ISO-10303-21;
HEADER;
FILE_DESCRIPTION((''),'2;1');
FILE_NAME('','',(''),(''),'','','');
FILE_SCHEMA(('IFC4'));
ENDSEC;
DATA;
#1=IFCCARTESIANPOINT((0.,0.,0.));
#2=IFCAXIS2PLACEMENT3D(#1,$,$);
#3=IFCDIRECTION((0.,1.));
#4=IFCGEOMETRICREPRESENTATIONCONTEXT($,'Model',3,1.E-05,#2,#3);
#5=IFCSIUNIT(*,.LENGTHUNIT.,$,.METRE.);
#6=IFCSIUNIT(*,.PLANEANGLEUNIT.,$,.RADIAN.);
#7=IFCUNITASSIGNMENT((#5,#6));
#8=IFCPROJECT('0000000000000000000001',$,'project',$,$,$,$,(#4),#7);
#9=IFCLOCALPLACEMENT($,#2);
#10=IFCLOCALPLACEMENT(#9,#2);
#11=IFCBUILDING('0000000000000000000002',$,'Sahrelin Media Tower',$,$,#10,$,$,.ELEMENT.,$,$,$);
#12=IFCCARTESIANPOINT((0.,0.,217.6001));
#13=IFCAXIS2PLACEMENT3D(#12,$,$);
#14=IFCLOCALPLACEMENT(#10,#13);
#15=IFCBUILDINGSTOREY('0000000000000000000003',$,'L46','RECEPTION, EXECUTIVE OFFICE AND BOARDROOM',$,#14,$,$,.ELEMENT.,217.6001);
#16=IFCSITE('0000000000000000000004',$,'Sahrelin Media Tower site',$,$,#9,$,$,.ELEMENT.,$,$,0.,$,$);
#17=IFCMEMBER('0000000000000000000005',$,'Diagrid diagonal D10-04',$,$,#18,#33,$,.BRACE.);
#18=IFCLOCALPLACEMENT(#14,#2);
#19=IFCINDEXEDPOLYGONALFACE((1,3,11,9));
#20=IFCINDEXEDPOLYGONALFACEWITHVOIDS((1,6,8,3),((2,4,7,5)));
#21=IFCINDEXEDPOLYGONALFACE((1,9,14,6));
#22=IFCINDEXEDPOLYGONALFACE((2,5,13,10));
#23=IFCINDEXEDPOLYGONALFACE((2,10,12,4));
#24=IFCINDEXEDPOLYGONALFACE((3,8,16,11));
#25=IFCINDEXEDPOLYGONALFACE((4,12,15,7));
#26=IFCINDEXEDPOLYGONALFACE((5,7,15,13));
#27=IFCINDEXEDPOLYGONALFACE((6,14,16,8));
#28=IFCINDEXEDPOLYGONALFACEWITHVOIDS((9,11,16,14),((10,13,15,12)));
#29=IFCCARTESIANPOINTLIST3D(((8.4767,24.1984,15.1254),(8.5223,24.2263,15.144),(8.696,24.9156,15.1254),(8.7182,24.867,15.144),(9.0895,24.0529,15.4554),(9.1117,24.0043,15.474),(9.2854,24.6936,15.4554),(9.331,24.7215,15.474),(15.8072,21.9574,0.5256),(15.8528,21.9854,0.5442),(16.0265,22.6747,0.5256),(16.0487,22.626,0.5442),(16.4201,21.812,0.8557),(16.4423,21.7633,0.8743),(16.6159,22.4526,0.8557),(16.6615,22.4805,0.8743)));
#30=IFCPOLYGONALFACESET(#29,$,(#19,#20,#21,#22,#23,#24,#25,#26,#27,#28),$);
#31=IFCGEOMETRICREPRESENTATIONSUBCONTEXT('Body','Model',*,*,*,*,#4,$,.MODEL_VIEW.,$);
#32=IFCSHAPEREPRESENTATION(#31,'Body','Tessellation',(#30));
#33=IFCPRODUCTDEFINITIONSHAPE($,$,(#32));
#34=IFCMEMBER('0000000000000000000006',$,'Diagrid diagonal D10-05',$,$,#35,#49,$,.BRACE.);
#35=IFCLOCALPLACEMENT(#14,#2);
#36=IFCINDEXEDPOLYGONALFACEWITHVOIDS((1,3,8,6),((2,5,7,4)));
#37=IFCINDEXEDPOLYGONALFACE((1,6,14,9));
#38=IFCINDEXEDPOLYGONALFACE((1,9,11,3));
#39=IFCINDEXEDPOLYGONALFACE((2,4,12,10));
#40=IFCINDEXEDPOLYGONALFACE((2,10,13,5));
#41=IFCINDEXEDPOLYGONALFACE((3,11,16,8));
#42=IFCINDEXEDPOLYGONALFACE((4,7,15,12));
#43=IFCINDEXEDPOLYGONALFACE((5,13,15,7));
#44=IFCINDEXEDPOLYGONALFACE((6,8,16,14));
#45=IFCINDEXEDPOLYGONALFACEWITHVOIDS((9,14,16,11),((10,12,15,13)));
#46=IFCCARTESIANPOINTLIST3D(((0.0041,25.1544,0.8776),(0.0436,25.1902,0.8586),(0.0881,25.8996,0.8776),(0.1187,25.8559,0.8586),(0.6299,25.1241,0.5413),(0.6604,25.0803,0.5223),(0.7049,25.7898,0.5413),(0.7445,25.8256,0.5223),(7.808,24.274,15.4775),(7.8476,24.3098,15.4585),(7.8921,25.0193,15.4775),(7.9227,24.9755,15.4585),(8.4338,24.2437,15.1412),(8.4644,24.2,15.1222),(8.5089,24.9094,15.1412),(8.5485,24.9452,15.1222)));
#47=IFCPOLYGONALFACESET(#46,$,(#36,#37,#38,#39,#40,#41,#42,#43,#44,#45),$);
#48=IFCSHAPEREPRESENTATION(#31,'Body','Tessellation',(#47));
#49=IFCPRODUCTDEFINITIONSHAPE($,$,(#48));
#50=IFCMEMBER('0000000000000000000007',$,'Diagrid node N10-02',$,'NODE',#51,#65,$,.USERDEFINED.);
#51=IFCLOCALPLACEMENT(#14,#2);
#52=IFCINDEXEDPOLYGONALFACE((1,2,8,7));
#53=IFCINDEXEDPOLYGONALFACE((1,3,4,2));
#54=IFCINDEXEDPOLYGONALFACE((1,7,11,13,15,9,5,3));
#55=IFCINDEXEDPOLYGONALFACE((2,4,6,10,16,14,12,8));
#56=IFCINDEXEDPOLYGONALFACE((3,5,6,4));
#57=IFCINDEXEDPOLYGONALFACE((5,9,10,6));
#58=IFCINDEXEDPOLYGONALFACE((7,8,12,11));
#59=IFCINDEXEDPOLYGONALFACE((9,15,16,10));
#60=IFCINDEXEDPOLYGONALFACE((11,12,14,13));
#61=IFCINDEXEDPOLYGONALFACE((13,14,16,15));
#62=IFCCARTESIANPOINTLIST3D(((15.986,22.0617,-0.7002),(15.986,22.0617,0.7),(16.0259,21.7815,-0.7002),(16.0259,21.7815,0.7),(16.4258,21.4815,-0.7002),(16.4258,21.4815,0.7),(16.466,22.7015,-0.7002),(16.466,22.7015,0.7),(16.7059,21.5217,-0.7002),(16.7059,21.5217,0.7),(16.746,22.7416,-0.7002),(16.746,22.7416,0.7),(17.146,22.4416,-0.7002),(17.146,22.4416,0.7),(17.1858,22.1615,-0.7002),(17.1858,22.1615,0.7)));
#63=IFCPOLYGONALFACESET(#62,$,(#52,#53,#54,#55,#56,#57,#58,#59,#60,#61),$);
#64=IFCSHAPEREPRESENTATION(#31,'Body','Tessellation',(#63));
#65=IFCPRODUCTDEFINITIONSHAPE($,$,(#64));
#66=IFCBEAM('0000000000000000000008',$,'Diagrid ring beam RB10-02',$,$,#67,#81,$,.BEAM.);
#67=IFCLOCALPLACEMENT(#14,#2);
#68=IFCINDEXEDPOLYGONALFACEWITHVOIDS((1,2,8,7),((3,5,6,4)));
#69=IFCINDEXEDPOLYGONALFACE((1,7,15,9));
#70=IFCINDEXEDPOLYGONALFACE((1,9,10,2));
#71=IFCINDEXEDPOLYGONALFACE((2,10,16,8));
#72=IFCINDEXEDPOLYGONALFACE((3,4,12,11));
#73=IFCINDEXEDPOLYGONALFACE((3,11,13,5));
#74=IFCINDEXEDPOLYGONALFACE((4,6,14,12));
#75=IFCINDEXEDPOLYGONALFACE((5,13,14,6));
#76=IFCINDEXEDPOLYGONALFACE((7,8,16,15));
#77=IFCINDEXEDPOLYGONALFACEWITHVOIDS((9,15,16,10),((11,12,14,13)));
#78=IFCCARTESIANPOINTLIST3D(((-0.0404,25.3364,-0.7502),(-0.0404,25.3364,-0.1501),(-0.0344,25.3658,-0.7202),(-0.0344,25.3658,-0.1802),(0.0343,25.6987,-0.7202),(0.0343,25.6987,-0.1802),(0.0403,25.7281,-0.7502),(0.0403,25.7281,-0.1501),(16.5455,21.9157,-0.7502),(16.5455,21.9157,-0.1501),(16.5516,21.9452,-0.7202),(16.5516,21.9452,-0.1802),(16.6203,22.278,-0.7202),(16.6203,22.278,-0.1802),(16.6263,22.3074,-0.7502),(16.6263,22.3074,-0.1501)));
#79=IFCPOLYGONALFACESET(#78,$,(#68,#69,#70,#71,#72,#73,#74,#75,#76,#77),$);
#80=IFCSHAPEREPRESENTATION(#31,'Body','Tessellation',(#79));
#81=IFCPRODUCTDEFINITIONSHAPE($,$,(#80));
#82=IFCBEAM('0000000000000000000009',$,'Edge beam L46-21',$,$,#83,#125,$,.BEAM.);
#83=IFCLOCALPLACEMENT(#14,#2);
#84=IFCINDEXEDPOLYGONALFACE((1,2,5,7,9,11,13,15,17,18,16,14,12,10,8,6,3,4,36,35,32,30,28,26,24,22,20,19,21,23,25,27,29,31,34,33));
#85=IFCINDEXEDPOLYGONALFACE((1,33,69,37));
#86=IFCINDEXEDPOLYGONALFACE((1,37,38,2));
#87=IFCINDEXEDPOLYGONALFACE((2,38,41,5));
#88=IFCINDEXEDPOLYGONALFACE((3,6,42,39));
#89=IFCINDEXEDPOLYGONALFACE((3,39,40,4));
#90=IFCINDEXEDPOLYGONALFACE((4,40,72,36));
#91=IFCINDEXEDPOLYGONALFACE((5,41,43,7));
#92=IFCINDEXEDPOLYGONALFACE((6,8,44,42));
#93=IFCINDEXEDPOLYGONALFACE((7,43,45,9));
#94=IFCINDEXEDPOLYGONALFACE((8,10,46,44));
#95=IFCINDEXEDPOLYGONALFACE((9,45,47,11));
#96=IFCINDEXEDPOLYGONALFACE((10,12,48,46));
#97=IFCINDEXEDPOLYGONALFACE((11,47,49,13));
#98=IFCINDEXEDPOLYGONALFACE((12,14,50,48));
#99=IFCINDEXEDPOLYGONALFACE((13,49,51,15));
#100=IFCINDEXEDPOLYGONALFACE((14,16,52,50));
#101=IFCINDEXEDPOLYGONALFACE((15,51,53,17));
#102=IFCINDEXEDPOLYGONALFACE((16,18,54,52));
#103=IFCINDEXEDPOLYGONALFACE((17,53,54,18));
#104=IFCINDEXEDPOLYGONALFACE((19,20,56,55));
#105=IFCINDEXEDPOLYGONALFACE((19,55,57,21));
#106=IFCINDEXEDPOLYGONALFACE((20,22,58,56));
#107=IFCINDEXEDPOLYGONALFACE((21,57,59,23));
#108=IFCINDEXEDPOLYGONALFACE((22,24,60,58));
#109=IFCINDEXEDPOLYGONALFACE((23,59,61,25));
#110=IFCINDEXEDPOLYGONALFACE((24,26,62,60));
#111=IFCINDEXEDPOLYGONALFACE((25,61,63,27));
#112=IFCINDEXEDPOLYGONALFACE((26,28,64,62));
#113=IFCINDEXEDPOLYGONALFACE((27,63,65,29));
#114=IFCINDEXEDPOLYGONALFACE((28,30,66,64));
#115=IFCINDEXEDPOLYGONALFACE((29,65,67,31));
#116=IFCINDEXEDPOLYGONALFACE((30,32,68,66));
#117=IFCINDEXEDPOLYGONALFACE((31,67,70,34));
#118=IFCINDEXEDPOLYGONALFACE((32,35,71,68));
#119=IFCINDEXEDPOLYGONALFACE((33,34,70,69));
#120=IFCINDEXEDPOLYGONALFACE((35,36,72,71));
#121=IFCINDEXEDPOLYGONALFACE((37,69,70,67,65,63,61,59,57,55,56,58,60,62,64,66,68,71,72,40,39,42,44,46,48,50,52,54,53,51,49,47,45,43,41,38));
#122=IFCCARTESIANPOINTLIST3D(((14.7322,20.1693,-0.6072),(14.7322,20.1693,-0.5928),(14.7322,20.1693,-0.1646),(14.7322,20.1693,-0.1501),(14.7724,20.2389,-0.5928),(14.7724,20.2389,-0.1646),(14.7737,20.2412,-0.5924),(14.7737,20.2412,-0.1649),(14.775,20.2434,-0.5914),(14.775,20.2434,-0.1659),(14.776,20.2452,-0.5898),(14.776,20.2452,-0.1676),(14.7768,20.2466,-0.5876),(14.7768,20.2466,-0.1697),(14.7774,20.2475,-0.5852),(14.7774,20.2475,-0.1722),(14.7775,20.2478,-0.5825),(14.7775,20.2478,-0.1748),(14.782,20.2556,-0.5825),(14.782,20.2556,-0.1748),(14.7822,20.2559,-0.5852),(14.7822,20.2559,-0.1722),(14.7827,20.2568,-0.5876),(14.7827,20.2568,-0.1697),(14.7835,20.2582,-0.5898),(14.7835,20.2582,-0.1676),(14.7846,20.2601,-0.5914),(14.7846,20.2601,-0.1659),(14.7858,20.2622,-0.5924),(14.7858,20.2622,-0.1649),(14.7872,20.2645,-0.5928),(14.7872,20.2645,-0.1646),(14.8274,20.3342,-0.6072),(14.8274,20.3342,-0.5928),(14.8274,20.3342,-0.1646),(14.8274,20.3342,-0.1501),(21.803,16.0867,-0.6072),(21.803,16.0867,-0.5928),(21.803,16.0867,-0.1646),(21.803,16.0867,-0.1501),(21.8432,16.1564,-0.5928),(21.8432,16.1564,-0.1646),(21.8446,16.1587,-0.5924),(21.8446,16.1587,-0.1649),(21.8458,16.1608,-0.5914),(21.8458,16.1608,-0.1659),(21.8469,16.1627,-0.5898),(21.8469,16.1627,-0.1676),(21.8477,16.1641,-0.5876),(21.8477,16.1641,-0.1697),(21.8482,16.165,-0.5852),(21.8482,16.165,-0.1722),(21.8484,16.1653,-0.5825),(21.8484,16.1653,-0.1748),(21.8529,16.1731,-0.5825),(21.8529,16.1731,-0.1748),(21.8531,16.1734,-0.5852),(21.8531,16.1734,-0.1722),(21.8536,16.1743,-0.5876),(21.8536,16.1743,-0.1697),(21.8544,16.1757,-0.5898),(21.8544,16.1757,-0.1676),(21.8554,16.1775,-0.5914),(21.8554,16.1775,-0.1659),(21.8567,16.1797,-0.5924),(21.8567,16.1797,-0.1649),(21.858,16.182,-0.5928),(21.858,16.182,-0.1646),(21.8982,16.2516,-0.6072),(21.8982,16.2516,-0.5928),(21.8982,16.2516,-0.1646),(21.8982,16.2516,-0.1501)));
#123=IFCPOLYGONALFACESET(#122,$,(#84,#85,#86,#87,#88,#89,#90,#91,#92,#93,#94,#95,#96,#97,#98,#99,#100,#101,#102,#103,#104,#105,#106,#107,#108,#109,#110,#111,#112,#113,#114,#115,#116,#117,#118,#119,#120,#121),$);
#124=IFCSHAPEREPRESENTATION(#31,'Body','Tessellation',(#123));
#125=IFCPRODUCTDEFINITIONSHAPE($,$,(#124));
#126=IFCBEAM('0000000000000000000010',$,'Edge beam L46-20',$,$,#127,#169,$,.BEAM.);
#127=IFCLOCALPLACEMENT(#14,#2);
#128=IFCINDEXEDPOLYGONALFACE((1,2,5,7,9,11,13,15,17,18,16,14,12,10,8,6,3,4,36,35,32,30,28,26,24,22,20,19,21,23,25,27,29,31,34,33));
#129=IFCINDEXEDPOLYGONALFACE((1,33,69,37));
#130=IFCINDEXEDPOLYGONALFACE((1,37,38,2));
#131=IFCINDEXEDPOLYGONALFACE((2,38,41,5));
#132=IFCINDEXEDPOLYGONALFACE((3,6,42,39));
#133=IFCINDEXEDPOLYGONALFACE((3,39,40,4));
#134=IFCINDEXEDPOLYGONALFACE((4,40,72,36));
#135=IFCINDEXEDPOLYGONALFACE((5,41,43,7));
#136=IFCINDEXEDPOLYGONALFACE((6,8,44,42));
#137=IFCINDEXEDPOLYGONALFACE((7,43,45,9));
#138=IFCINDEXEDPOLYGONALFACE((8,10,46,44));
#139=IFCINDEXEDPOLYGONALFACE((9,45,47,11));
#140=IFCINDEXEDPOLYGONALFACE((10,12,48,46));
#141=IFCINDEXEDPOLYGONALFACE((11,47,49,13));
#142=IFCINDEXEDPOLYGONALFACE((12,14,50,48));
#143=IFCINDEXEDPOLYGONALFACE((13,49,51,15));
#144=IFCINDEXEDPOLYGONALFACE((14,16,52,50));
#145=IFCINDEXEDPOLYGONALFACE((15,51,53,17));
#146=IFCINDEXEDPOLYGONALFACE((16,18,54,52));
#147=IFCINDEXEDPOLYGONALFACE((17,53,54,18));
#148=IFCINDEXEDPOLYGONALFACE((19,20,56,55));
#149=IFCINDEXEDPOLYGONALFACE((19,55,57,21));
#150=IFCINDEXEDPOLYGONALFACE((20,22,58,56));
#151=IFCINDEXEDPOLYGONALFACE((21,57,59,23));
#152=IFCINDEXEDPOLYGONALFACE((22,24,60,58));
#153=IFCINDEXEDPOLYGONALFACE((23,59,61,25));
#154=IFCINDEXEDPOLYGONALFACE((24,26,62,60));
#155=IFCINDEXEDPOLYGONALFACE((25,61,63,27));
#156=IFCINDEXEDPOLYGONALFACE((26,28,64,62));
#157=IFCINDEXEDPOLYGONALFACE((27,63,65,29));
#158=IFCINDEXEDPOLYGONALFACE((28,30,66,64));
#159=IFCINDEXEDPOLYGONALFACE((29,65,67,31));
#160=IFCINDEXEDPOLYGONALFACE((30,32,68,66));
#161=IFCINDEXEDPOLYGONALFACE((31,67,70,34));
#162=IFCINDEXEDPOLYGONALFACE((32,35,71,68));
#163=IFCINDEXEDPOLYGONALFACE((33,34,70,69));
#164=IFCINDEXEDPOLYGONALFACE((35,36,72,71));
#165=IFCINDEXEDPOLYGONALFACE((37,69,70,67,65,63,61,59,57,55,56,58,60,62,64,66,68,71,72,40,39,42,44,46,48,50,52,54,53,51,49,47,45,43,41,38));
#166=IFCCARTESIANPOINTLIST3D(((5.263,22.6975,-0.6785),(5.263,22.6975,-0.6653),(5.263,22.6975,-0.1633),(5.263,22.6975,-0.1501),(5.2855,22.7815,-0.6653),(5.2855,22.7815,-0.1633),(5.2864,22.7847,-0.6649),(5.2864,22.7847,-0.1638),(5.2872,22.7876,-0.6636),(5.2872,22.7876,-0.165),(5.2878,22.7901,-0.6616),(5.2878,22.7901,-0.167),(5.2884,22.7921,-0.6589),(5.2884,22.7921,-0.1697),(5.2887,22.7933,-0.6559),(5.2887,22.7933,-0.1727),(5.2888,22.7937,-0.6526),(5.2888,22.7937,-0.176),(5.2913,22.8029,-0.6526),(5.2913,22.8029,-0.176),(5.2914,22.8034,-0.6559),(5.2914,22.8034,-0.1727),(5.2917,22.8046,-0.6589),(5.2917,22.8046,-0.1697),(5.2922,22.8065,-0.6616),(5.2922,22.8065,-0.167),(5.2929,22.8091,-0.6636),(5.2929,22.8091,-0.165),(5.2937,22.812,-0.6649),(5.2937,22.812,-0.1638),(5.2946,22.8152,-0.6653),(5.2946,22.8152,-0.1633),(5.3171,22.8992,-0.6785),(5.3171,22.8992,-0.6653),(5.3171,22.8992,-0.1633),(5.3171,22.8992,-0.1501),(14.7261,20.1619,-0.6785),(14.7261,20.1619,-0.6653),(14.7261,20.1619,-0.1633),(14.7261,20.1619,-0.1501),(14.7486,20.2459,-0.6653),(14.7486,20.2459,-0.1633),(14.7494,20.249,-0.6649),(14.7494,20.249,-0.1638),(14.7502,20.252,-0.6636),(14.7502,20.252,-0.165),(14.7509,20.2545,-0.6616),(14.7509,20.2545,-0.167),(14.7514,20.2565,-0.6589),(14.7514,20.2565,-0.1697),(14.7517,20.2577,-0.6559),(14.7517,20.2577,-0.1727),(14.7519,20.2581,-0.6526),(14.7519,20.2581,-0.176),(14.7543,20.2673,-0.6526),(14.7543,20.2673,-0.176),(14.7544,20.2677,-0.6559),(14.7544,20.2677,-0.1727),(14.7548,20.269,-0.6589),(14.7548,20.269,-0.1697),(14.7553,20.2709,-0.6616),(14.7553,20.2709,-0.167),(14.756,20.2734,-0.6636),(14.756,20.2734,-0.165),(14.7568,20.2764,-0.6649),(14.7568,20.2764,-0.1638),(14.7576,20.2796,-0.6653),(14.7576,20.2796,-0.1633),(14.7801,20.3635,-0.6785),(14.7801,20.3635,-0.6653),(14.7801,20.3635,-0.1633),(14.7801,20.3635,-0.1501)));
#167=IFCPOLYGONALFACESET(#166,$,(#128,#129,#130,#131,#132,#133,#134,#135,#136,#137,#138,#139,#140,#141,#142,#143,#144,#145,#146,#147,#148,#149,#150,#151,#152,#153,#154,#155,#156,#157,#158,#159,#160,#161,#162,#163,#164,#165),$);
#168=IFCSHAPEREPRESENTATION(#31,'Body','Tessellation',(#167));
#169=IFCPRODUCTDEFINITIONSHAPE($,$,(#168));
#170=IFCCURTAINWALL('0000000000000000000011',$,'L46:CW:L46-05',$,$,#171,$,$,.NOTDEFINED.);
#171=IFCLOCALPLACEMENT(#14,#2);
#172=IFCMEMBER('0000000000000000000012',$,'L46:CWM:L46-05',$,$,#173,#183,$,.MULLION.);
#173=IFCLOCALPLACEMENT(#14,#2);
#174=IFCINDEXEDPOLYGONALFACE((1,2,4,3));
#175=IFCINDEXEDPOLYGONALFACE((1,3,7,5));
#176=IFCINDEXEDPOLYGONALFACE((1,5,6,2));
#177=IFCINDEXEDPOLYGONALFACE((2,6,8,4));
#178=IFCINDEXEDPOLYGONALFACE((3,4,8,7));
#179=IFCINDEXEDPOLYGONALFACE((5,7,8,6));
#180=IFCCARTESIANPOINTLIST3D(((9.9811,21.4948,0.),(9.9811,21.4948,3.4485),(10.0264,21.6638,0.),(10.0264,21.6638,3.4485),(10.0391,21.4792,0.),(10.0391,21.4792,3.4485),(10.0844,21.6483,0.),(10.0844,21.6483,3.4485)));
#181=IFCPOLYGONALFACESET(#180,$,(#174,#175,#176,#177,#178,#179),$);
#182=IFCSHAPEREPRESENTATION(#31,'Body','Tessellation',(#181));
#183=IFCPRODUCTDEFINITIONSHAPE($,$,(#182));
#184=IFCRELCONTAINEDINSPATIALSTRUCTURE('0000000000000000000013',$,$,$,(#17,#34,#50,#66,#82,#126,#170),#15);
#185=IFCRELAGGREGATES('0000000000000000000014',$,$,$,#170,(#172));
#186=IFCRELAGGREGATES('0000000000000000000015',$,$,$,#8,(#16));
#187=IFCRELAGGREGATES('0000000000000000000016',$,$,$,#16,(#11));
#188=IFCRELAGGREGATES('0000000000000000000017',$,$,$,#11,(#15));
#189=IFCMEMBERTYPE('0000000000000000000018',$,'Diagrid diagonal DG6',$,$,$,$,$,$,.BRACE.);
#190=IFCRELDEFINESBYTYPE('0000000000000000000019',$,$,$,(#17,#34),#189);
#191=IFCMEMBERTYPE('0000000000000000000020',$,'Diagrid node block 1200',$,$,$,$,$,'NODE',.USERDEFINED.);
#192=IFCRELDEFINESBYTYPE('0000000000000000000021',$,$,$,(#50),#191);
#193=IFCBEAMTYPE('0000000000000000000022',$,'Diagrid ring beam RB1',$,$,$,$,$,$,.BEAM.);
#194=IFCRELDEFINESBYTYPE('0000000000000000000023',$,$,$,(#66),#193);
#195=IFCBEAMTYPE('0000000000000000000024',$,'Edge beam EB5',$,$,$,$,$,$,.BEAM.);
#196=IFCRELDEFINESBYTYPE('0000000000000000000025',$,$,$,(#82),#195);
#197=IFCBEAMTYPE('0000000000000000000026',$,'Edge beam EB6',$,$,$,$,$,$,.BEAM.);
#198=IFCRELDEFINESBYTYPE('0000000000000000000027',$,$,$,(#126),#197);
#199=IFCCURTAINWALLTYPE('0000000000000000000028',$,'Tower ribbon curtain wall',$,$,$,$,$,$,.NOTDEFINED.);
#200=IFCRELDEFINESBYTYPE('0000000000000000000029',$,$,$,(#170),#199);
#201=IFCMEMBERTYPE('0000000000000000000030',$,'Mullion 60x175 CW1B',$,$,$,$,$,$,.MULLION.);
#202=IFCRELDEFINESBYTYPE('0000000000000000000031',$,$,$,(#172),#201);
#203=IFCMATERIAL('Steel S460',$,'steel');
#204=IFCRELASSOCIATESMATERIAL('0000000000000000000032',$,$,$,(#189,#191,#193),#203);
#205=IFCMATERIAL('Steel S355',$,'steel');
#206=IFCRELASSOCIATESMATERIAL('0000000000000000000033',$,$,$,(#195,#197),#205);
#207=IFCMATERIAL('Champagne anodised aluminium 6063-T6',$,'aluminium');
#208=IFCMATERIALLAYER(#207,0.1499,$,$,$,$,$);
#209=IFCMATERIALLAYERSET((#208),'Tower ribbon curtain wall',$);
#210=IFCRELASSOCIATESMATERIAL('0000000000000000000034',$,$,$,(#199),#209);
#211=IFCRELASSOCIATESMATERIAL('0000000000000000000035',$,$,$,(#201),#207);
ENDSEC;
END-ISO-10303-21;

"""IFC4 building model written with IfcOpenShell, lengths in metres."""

from ifc_helpers import new_model, si_unit, direction, frame, origin, origin_2d, place, context, subcontext, project, spatial, polyline, rectangle, hollow_rectangle, i_section, outline, extrude, material, layer, layer_set, material_profile, profile_set, type_object, element, aggregate, save


model = new_model("IFC4")

# Units and contexts
model_context = context("Model", 3, precision=1e-05, world=origin(), true_north=direction((0.0, 1.0)))
body_context = subcontext(model_context, "Body", "Model", "MODEL_VIEW")
ifc_project = project(units=[si_unit("LENGTHUNIT", "METRE"), si_unit("PLANEANGLEUNIT", "RADIAN")], contexts=[model_context])

# Site, building, storey
site_placement = place(None, origin())
site = spatial("IfcSite", under=ifc_project, at=site_placement, Name="Sahrelin Media Tower site", CompositionType="ELEMENT", RefElevation=0.0)
building_placement = place(site_placement, origin())
building = spatial("IfcBuilding", under=site, at=building_placement, Name="Sahrelin Media Tower", CompositionType="ELEMENT")
storey_placement = place(building_placement, frame((0.0, 0.0, 217.6001)))
storey = spatial("IfcBuildingStorey", under=building, at=storey_placement, Name="L46", Description="RECEPTION, EXECUTIVE OFFICE AND BOARDROOM", CompositionType="ELEMENT", Elevation=217.6001)

# Members
ifc_material_1 = material(Name="Steel S460", Category="steel")
ifc_material_profile_1 = material_profile(ifc_material_1, hollow_rectangle(XDim=0.75, YDim=0.75, WallThickness=0.04, at=origin_2d()), Name="Diagrid diagonal DG6")
ifc_profile_set_1 = profile_set([ifc_material_profile_1], Name="Steel S460")
member_type_1 = type_object("IfcMemberType", Name="Diagrid diagonal DG6", PredefinedType="BRACE", material=ifc_profile_set_1)
member_1_placement = place(storey_placement, frame((16.2344, 22.219, 0.7), z_axis=(-0.44455, 0.1359, 0.885385), x_axis=(-0.292346, -0.956312, 0.0)))
element("IfcMember", 1, at=member_1_placement, inside=storey, type_object=member_type_1, Name="Diagrid diagonal D10-04", PredefinedType="BRACE", context=body_context, shape_type="SweptSolid", body=[
    extrude(hollow_rectangle(XDim=0.75, YDim=0.75, WallThickness=0.04, at=origin_2d()), origin(), (0.0, 0.0, 1.0), 16.4897),
])
member_2_placement = place(storey_placement, frame((0.3743, 25.49, 0.7), z_axis=(0.47074, -0.053105, 0.880673), x_axis=(0.1121, 0.993697, 0.0)))
element("IfcMember", 2, at=member_2_placement, inside=storey, type_object=member_type_1, Name="Diagrid diagonal D10-05", PredefinedType="BRACE", context=body_context, shape_type="SweptSolid", body=[
    extrude(hollow_rectangle(XDim=0.75, YDim=0.75, WallThickness=0.04, at=origin_2d()), origin(), (0.0, 0.0, 1.0), 16.5781),
])
ifc_material_profile_2 = material_profile(ifc_material_1, outline(polyline([(0.3999, -0.45), (0.6001, -0.25), (0.6001, 0.25), (0.3999, 0.45), (-0.3999, 0.45), (-0.6001, 0.25), (-0.6001, -0.25), (-0.3999, -0.45), (0.3999, -0.45)])), Name="Diagrid node block 1200")
ifc_profile_set_2 = profile_set([ifc_material_profile_2], Name="Steel S460")
member_type_2 = type_object("IfcMemberType", Name="Diagrid node block 1200", ElementType="NODE", PredefinedType="USERDEFINED", material=ifc_profile_set_2)
member_3_placement = place(storey_placement, frame((16.5859, 22.1116, -0.7002), z_axis=(0.0, 0.0, 1.0), x_axis=(0.600053, 0.79996, 0.0)))
element("IfcMember", 3, at=member_3_placement, inside=storey, type_object=member_type_2, Name="Diagrid node N10-02", ObjectType="NODE", PredefinedType="USERDEFINED", context=body_context, shape_type="SweptSolid", body=[
    extrude(outline(polyline([(0.3999, -0.45), (0.6001, -0.25), (0.6001, 0.25), (0.3999, 0.45), (-0.3999, 0.45), (-0.6001, 0.25), (-0.6001, -0.25), (-0.3999, -0.45), (0.3999, -0.45)])), origin(), (0.0, 0.0, 1.0), 1.4001),
])

# Beams
ifc_material_profile_3 = material_profile(ifc_material_1, hollow_rectangle(XDim=0.3999, YDim=0.6001, WallThickness=0.03, at=origin_2d()), Name="Diagrid ring beam RB1")
ifc_profile_set_3 = profile_set([ifc_material_profile_3], Name="Steel S460")
beam_type_1 = type_object("IfcBeamType", Name="Diagrid ring beam RB1", PredefinedType="BEAM", material=ifc_profile_set_3)
beam_1_placement = place(storey_placement, frame((16.5859, 22.1116, -0.4502), z_axis=(-0.979388, 0.201987, 0.0), x_axis=(-0.201987, -0.979388, 0.0)))
element("IfcBeam", 4, at=beam_1_placement, inside=storey, type_object=beam_type_1, Name="Diagrid ring beam RB10-02", PredefinedType="BEAM", context=body_context, shape_type="SweptSolid", body=[
    extrude(hollow_rectangle(XDim=0.3999, YDim=0.6001, WallThickness=0.03, at=origin_2d()), origin(), (0.0, 0.0, 1.0), 16.9351),
])
ifc_material_2 = material(Name="Steel S355", Category="steel")
ifc_material_profile_4 = material_profile(ifc_material_2, i_section(OverallWidth=0.1904, OverallDepth=0.457, WebThickness=0.009, FlangeThickness=0.0144, FilletRadius=0.0103, at=origin_2d()), Name="UB 457x191x74")
ifc_profile_set_4 = profile_set([ifc_material_profile_4], Name="Steel S355")
beam_type_2 = type_object("IfcBeamType", Name="Edge beam EB5", PredefinedType="BEAM", material=ifc_profile_set_4)
beam_2_placement = place(storey_placement, frame((14.7798, 20.2517, -0.3787), z_axis=(0.866015, -0.500018, 0.0), x_axis=(0.500018, 0.866015, 0.0)))
element("IfcBeam", 5, at=beam_2_placement, inside=storey, type_object=beam_type_2, Name="Edge beam L46-21", PredefinedType="BEAM", context=body_context, shape_type="SweptSolid", body=[
    extrude(i_section(OverallWidth=0.1904, OverallDepth=0.457, WebThickness=0.009, FlangeThickness=0.0144, FilletRadius=0.0103, at=origin_2d()), origin(), (0.0, 0.0, 1.0), 8.1648),
])
ifc_material_profile_5 = material_profile(ifc_material_2, i_section(OverallWidth=0.2087, OverallDepth=0.5283, WebThickness=0.0095, FlangeThickness=0.0132, FilletRadius=0.0127, at=origin_2d()), Name="UB 533x210x82")
ifc_profile_set_5 = profile_set([ifc_material_profile_5], Name="Steel S355")
beam_type_3 = type_object("IfcBeamType", Name="Edge beam EB6", PredefinedType="BEAM", material=ifc_profile_set_5)
beam_3_placement = place(storey_placement, frame((5.29, 22.7983, -0.4143), z_axis=(0.965926, -0.25882, 0.0), x_axis=(0.25882, 0.965926, 0.0)))
element("IfcBeam", 6, at=beam_3_placement, inside=storey, type_object=beam_type_3, Name="Edge beam L46-20", PredefinedType="BEAM", context=body_context, shape_type="SweptSolid", body=[
    extrude(i_section(OverallWidth=0.2087, OverallDepth=0.5283, WebThickness=0.0095, FlangeThickness=0.0132, FilletRadius=0.0127, at=origin_2d()), origin(), (0.0, 0.0, 1.0), 9.7969),
])

# Curtain wall, member
ifc_material_3 = material(Name="Champagne anodised aluminium 6063-T6", Category="aluminium")
ifc_layer_1 = layer(ifc_material_3, 0.1499)
ifc_layer_set_1 = layer_set([ifc_layer_1], Name="Tower ribbon curtain wall")
curtain_wall_type = type_object("IfcCurtainWallType", Name="Tower ribbon curtain wall", PredefinedType="NOTDEFINED", material=ifc_layer_set_1)
curtain_wall_1_placement = place(storey_placement, frame((10.0603, 21.6753, 0.0), z_axis=(0.0, 0.0, 1.0), x_axis=(1.0, 0.0, 0.0)))
curtain_wall_1 = element("IfcCurtainWall", 7, at=curtain_wall_1_placement, inside=storey, type_object=curtain_wall_type, Name="L46:CW:L46-05", PredefinedType="NOTDEFINED")
ifc_material_profile_6 = material_profile(ifc_material_3, rectangle(XDim=0.0601, YDim=0.175, at=origin_2d()), Name="Mullion 60x175")
ifc_profile_set_6 = profile_set([ifc_material_profile_6], Name="Champagne anodised aluminium 6063-T6")
member_type_3 = type_object("IfcMemberType", Name="Mullion 60x175 CW1B", PredefinedType="MULLION", material=ifc_profile_set_6)
member_4_placement = place(storey_placement, frame((10.0327, 21.5715, 0.0), z_axis=(0.0, 0.0, 1.0), x_axis=(-0.965925, 0.258822, 0.0)))
member_4 = element("IfcMember", 8, at=member_4_placement, type_object=member_type_3, Name="L46:CWM:L46-05", PredefinedType="MULLION", context=body_context, shape_type="SweptSolid", body=[
    extrude(rectangle(XDim=0.0601, YDim=0.175, at=origin_2d()), origin(), (0.0, 0.0, 1.0), 3.4485),
])

aggregate(curtain_wall_1, [member_4])

save(model, "model.ifc")
